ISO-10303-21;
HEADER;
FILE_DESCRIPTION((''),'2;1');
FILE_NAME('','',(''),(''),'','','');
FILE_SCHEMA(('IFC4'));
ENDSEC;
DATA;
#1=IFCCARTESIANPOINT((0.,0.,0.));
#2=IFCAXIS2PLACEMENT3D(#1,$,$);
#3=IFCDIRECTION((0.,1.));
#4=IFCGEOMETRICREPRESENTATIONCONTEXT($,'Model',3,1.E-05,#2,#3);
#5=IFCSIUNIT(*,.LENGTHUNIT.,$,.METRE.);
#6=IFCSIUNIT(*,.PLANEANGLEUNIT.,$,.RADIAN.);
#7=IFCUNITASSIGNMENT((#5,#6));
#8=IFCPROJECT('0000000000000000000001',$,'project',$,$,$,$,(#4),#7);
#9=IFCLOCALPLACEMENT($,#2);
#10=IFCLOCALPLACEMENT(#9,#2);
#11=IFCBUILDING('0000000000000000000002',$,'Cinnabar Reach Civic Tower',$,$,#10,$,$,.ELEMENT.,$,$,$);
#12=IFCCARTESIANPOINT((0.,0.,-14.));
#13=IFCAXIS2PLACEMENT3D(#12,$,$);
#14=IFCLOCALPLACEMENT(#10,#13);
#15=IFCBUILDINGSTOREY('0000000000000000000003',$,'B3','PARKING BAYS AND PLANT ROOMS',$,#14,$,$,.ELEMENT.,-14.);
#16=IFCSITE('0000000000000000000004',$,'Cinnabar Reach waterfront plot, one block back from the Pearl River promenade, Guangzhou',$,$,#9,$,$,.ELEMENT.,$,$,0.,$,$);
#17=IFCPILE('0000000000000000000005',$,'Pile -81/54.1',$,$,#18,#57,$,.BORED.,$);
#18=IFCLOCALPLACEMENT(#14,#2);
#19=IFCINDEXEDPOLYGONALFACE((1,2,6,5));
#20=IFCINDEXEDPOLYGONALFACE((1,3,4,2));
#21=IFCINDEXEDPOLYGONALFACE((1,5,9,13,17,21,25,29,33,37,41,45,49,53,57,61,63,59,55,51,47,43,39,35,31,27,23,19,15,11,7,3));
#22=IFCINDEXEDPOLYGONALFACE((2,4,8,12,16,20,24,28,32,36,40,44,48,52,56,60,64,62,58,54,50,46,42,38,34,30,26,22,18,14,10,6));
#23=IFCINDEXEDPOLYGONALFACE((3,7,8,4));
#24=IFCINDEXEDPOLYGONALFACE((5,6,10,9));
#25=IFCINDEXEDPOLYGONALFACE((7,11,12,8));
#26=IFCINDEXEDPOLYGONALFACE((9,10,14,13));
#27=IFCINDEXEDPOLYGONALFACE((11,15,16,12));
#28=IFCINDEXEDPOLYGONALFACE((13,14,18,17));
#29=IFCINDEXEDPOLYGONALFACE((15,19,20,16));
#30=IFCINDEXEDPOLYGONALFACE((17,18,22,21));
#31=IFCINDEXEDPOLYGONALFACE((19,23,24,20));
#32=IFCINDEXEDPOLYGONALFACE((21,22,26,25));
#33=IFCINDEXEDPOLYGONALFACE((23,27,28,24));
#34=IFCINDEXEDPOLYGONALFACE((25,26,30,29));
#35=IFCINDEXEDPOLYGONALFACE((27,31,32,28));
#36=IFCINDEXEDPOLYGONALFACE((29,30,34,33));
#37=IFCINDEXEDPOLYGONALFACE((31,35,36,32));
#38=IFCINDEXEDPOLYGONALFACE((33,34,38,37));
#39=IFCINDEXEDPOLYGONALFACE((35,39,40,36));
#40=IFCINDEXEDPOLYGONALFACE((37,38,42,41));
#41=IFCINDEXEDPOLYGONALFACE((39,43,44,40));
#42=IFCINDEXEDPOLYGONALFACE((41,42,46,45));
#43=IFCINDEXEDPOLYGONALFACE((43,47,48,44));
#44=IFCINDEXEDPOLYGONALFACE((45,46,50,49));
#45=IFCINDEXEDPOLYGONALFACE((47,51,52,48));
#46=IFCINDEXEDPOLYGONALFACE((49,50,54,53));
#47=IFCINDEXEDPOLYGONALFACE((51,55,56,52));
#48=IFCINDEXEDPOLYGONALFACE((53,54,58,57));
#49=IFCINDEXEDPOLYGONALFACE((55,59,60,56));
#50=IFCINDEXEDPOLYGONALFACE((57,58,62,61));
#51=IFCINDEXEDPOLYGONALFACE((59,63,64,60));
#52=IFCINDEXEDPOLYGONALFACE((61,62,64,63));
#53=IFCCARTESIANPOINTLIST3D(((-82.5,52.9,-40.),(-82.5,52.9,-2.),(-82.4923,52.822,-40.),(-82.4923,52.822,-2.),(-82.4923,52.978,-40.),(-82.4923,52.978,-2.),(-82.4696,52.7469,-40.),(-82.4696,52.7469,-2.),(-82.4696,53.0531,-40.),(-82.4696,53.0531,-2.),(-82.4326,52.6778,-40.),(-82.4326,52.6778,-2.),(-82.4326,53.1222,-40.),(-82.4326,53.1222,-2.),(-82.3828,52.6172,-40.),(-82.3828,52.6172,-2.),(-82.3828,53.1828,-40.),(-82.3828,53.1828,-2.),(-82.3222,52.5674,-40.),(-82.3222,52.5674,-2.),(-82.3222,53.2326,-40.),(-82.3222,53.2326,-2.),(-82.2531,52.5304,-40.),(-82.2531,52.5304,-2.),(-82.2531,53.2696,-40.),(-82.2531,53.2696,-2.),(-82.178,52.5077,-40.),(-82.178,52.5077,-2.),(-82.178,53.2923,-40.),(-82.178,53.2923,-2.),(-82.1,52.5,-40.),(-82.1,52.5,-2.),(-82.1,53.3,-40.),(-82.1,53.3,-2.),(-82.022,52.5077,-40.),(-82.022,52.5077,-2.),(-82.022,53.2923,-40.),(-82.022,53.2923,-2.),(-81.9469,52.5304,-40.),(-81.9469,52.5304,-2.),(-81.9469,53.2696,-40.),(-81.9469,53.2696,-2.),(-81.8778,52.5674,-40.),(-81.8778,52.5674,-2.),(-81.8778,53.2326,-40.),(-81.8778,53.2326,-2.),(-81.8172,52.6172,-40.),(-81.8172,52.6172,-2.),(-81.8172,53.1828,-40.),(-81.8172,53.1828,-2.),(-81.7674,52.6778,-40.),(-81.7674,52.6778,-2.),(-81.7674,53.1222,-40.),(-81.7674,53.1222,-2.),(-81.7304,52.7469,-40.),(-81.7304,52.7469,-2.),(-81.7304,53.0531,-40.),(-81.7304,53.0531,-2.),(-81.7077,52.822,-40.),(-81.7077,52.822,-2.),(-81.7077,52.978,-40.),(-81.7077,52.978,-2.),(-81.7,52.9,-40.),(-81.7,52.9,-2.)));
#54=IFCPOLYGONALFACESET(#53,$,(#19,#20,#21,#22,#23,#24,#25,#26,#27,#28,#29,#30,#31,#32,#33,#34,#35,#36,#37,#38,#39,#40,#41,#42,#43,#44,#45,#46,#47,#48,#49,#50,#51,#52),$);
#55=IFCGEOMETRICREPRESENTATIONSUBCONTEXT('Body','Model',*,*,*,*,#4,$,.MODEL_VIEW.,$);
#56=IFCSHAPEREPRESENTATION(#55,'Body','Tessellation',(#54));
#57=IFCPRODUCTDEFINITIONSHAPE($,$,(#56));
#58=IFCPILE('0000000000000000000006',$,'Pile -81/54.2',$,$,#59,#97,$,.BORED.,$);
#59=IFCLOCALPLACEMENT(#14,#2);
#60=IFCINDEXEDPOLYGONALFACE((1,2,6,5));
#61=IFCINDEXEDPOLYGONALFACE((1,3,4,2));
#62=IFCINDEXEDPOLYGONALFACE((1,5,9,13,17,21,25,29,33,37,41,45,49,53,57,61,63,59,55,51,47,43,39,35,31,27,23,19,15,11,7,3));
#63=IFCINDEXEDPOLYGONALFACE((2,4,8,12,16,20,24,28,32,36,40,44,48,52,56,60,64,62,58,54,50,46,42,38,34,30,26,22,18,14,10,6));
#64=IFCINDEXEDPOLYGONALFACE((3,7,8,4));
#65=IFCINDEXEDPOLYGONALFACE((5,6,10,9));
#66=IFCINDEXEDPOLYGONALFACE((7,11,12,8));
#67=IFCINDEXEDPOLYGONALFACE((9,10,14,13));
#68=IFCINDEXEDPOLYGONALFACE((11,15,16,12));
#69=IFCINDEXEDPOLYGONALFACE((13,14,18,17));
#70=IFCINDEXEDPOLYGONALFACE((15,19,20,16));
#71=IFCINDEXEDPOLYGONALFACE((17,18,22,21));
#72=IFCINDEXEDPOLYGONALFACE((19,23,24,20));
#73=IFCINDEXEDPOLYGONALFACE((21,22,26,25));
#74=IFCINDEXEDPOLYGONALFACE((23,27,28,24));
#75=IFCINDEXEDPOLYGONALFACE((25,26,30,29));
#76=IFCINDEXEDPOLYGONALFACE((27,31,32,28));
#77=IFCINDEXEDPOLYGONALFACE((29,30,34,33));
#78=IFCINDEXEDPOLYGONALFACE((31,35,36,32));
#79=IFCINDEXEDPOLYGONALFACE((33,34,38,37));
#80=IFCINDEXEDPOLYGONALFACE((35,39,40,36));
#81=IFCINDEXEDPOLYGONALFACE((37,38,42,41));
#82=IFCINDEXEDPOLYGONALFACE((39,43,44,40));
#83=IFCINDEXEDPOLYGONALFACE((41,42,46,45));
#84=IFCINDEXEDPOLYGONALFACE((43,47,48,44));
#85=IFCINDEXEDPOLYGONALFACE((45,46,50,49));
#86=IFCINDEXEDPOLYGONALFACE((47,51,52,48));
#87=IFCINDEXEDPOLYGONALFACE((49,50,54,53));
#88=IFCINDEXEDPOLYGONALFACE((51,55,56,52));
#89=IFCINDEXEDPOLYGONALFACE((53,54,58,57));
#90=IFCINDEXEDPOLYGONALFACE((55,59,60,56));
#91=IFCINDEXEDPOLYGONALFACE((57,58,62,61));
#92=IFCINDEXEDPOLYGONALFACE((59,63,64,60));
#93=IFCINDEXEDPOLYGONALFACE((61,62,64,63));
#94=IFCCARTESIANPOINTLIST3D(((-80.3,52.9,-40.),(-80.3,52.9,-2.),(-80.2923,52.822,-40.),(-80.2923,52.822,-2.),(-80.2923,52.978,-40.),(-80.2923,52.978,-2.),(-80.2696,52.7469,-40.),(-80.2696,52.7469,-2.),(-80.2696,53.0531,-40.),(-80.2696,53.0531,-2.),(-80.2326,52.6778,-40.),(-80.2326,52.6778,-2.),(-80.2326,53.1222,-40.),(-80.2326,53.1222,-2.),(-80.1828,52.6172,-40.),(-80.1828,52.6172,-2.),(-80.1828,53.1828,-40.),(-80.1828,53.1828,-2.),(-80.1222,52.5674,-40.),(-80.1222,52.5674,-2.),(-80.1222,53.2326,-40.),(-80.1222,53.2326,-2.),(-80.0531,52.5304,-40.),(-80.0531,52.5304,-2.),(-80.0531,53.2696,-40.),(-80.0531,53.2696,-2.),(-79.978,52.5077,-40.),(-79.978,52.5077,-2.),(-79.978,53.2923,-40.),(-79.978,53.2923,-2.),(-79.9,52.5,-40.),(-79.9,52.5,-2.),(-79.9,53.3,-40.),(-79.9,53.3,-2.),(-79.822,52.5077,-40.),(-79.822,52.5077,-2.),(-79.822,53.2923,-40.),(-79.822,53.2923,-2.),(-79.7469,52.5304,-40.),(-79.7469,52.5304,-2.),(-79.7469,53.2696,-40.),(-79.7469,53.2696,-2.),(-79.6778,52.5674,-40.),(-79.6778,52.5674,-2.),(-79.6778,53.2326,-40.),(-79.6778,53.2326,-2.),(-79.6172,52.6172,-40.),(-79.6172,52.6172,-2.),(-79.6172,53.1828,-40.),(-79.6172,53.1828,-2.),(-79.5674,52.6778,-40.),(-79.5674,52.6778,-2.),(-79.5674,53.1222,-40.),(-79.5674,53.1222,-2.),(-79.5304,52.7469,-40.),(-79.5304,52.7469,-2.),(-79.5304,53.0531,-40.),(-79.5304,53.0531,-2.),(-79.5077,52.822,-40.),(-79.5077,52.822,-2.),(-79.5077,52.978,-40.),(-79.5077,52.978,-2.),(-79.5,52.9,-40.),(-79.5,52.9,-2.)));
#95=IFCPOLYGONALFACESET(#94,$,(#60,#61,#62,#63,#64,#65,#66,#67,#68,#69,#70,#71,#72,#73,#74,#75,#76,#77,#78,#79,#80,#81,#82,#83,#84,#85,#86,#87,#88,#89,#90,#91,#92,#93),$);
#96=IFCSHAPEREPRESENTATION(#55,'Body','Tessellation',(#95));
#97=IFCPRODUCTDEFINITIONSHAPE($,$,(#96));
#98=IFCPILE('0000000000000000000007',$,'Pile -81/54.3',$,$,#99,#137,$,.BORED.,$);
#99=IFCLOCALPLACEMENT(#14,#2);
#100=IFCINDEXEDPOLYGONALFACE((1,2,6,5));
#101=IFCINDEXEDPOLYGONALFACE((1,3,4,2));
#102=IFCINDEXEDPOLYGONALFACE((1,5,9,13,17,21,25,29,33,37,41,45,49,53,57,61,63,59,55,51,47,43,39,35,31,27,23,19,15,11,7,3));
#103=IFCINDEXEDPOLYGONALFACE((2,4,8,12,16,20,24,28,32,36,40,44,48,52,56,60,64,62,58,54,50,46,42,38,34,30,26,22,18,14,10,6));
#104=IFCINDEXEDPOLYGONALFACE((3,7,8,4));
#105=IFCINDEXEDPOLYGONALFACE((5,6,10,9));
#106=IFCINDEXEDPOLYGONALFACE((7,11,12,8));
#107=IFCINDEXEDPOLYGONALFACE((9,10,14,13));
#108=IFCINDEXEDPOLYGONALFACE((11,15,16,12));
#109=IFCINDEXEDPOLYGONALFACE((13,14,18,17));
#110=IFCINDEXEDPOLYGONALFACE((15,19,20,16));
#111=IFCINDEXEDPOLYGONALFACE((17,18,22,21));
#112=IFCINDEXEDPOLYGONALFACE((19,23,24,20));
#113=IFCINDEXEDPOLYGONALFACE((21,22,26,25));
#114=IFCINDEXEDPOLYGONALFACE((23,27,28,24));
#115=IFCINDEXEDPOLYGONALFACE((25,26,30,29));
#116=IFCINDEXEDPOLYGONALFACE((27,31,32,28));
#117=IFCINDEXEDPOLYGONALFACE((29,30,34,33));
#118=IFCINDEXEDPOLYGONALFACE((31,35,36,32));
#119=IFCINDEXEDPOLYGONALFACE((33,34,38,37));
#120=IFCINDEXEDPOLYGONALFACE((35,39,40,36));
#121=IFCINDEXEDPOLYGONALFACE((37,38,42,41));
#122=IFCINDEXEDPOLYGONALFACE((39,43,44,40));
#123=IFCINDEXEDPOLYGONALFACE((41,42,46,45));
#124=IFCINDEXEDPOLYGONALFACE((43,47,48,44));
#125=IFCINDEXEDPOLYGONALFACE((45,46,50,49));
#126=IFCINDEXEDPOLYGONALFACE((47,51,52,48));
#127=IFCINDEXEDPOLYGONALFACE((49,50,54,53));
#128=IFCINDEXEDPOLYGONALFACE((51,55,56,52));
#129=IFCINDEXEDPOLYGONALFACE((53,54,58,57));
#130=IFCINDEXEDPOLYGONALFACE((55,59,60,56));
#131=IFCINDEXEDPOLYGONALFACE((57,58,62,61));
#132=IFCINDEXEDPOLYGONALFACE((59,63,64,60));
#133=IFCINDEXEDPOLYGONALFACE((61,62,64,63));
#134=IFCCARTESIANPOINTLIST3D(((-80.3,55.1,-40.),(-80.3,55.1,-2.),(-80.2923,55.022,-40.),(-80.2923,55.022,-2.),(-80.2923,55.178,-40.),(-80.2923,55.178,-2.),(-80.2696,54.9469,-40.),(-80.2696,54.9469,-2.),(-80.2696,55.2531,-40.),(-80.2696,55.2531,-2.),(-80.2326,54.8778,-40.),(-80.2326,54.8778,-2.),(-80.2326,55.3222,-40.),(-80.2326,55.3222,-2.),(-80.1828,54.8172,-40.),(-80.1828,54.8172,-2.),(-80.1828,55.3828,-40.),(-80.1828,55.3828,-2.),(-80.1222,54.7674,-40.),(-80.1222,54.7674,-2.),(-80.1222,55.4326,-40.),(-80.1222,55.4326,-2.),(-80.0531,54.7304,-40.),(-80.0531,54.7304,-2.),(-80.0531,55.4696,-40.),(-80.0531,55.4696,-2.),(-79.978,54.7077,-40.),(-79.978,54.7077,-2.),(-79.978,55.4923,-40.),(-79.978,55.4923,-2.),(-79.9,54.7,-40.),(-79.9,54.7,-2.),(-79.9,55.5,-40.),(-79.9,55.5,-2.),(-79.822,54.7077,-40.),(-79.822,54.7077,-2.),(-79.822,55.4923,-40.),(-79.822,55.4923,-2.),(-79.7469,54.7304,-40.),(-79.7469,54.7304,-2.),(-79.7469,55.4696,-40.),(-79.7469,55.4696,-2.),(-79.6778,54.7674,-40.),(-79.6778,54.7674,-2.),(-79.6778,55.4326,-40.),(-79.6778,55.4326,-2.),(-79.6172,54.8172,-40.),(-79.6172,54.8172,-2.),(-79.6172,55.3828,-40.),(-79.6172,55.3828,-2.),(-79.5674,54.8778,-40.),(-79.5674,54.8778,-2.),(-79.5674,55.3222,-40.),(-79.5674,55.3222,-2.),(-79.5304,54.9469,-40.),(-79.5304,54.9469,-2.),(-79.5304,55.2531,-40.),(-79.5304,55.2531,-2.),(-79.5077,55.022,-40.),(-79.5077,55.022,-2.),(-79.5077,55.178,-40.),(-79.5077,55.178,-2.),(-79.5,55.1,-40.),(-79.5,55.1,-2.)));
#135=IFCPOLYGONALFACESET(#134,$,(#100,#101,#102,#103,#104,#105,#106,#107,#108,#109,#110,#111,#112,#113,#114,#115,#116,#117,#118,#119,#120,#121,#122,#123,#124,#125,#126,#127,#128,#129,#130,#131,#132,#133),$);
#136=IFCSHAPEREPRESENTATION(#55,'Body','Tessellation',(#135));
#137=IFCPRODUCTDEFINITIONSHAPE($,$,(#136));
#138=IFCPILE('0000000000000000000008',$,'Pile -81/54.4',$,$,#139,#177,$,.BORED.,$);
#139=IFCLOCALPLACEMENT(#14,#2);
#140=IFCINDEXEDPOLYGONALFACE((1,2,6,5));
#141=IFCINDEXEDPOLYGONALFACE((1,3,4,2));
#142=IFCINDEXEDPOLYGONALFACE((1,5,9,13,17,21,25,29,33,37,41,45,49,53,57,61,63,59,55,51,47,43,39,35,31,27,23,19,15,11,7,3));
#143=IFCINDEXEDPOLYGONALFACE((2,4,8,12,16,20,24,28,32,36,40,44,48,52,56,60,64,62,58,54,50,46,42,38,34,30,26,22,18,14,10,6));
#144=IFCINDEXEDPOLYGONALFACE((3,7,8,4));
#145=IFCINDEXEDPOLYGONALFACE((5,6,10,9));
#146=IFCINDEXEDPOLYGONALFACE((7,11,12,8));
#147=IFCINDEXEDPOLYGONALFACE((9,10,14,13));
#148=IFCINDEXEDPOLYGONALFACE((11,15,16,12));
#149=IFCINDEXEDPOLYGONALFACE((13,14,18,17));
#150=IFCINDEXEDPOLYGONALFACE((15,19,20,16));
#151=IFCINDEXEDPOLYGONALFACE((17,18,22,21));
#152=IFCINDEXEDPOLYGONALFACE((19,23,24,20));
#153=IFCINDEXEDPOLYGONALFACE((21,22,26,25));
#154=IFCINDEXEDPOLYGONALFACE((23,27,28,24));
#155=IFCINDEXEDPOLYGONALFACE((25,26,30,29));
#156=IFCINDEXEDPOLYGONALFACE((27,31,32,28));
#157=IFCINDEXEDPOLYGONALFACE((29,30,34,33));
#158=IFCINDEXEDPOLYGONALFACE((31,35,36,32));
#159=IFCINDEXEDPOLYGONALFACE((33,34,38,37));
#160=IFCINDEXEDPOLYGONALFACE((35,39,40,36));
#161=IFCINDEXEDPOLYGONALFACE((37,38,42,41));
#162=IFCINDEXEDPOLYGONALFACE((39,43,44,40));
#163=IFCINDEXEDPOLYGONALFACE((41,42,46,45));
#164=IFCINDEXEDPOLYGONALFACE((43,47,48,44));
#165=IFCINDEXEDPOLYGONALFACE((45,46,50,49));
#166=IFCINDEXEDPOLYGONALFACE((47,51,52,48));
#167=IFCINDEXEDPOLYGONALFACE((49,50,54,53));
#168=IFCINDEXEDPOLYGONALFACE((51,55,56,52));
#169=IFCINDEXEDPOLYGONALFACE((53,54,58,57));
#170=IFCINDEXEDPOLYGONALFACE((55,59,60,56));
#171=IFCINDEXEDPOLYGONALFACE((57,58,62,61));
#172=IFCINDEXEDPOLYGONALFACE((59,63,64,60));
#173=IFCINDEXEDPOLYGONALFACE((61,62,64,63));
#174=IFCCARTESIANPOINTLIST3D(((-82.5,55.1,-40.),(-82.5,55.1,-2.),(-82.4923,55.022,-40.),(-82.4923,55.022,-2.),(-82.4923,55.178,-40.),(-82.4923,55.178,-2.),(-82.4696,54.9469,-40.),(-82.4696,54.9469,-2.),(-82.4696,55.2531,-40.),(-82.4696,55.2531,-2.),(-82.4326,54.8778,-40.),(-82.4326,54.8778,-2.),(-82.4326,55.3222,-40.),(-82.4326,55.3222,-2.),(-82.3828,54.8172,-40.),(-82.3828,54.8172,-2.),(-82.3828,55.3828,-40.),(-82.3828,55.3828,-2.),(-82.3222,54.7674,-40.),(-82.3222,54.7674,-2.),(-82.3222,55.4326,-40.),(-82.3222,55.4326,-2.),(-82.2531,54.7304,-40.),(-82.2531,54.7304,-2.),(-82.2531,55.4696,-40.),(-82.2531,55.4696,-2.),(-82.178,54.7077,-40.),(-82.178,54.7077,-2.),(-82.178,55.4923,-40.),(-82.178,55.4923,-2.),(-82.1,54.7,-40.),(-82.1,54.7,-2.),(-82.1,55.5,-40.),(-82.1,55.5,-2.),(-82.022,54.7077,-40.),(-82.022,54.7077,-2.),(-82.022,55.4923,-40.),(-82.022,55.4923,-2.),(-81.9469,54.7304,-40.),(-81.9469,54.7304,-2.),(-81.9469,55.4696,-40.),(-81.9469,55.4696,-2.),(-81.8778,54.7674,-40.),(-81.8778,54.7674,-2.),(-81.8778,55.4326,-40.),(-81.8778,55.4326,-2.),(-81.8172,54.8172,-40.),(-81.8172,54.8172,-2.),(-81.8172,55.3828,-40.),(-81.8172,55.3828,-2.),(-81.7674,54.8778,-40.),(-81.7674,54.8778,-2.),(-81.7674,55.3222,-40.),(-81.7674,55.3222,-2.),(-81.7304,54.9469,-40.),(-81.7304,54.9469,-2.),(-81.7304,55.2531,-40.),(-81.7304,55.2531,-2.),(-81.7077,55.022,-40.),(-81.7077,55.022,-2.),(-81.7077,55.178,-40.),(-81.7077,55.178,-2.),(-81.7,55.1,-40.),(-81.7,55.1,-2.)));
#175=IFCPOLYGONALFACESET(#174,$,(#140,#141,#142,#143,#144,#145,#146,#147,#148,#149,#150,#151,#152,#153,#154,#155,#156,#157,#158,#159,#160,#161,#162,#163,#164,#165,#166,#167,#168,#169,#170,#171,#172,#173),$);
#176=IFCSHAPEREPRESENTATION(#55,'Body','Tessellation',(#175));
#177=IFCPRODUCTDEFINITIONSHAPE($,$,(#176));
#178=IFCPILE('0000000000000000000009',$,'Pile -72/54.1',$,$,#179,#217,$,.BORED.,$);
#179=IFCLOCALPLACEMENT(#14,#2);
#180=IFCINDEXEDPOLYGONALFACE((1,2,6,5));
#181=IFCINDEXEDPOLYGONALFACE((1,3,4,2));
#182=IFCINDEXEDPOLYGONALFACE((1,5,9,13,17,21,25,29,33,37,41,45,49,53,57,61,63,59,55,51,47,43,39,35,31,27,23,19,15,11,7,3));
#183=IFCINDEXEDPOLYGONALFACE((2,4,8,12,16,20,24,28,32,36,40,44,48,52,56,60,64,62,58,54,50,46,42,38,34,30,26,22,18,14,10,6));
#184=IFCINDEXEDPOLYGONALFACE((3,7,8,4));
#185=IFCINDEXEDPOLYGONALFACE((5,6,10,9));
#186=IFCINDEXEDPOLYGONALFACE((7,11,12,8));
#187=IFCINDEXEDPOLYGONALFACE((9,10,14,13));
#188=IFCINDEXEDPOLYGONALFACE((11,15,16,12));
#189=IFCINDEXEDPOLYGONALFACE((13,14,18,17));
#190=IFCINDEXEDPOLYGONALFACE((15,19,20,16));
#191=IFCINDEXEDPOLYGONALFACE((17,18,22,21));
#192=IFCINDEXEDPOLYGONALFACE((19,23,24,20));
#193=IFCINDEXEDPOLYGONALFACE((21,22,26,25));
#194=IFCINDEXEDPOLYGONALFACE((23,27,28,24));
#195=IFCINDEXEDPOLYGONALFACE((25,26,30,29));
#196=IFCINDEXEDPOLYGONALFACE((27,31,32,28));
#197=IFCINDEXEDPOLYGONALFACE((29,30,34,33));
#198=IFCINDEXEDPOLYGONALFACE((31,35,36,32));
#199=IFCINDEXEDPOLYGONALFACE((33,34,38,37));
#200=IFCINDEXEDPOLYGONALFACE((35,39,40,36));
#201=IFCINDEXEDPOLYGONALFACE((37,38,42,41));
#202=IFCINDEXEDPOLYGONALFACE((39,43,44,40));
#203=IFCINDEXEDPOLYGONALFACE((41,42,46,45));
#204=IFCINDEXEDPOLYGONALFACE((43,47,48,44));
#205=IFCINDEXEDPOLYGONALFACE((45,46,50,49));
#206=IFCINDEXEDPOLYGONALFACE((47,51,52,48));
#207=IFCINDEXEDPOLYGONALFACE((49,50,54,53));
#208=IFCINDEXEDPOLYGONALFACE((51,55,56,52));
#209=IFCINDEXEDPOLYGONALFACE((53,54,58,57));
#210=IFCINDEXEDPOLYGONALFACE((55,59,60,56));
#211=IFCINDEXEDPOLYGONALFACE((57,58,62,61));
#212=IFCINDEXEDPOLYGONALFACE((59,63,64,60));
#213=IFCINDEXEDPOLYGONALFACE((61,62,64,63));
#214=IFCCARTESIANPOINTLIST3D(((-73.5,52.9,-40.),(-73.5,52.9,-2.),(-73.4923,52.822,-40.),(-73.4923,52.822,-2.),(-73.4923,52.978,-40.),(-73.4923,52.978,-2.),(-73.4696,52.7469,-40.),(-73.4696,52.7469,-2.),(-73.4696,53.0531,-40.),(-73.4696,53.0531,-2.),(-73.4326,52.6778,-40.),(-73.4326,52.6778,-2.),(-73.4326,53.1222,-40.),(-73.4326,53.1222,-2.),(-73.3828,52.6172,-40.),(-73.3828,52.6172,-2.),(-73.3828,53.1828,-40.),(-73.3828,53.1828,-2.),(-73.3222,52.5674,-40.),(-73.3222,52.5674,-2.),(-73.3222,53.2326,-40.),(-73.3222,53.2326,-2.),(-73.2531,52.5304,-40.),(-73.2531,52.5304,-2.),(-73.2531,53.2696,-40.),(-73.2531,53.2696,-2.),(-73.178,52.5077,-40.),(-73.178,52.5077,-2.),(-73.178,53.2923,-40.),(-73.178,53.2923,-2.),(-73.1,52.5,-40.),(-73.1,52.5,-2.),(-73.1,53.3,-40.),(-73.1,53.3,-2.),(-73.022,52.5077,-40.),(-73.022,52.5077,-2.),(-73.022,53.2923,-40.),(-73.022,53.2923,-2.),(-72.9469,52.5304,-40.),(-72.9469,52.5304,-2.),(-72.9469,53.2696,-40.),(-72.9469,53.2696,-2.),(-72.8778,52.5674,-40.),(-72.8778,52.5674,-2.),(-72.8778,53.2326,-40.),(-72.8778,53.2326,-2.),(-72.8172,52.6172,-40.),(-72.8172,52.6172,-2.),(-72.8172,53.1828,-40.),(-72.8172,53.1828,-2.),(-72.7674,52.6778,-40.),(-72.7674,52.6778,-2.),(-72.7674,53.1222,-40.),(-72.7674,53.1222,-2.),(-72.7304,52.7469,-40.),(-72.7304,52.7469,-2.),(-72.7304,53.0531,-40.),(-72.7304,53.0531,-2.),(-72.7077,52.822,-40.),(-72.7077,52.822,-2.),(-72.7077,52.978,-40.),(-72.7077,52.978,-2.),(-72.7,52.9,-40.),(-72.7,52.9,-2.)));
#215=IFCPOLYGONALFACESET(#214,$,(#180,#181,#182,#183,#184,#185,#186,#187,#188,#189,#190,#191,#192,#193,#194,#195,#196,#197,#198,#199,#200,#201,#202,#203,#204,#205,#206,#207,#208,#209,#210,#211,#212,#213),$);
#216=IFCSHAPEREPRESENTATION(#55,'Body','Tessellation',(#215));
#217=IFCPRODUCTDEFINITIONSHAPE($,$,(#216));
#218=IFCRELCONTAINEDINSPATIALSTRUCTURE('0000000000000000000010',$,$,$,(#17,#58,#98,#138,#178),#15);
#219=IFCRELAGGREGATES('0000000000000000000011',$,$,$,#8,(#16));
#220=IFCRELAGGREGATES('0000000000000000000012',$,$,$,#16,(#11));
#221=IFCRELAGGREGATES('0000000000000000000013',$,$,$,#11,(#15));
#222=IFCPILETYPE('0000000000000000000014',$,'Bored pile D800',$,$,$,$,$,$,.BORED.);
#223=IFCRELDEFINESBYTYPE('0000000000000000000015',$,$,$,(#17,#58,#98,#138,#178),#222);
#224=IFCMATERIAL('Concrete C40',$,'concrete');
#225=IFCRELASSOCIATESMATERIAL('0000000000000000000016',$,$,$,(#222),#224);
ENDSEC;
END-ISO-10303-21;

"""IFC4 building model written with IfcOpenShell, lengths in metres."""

from ifc_helpers import new_model, si_unit, direction, frame, origin, origin_2d, place, context, subcontext, project, spatial, circle, extrude, material, type_object, element, save


model = new_model("IFC4")

# Units and contexts
model_context = context("Model", 3, precision=1e-05, world=origin(), true_north=direction((0.0, 1.0)))
body_context = subcontext(model_context, "Body", "Model", "MODEL_VIEW")
ifc_project = project(units=[si_unit("LENGTHUNIT", "METRE"), si_unit("PLANEANGLEUNIT", "RADIAN")], contexts=[model_context])

# Site, building, storey
site_placement = place(None, origin())
site = spatial("IfcSite", under=ifc_project, at=site_placement, Name="Cinnabar Reach waterfront plot, one block back from the Pearl River promenade, Guangzhou", CompositionType="ELEMENT", RefElevation=0.0)
building_placement = place(site_placement, origin())
building = spatial("IfcBuilding", under=site, at=building_placement, Name="Cinnabar Reach Civic Tower", CompositionType="ELEMENT")
storey_placement = place(building_placement, frame((0.0, 0.0, -14.0)))
storey = spatial("IfcBuildingStorey", under=building, at=storey_placement, Name="B3", Description="PARKING BAYS AND PLANT ROOMS", CompositionType="ELEMENT", Elevation=-14.0)

# Piles
ifc_material_1 = material(Name="Concrete C40", Category="concrete")
pile_type_1 = type_object("IfcPileType", Name="Bored pile D800", PredefinedType="BORED", material=ifc_material_1)
for number, where, z_axis, x_axis, name in (
    (1, (-82.1, 52.9, -2.0), (0.0, 0.0, -1.0), (1.0, 0.0, 0.0), "Pile -81/54.1"),
    (2, (-79.9, 52.9, -2.0), (0.0, 0.0, -1.0), (1.0, 0.0, 0.0), "Pile -81/54.2"),
    (3, (-79.9, 55.1, -2.0), (0.0, 0.0, -1.0), (1.0, 0.0, 0.0), "Pile -81/54.3"),
    (4, (-82.1, 55.1, -2.0), (0.0, 0.0, -1.0), (1.0, 0.0, 0.0), "Pile -81/54.4"),
    (5, (-73.1, 52.9, -2.0), (0.0, 0.0, -1.0), (1.0, 0.0, 0.0), "Pile -72/54.1"),
):
    element("IfcPile", number, at=place(storey_placement, frame(where, z_axis=z_axis, x_axis=x_axis)), inside=storey, type_object=pile_type_1, Name=name, PredefinedType="BORED", context=body_context, shape_type="SweptSolid", body=[
        extrude(circle(Radius=0.4, at=origin_2d()), origin(), (0.0, 0.0, 1.0), 38.0),
    ])

save(model, "model.ifc")
